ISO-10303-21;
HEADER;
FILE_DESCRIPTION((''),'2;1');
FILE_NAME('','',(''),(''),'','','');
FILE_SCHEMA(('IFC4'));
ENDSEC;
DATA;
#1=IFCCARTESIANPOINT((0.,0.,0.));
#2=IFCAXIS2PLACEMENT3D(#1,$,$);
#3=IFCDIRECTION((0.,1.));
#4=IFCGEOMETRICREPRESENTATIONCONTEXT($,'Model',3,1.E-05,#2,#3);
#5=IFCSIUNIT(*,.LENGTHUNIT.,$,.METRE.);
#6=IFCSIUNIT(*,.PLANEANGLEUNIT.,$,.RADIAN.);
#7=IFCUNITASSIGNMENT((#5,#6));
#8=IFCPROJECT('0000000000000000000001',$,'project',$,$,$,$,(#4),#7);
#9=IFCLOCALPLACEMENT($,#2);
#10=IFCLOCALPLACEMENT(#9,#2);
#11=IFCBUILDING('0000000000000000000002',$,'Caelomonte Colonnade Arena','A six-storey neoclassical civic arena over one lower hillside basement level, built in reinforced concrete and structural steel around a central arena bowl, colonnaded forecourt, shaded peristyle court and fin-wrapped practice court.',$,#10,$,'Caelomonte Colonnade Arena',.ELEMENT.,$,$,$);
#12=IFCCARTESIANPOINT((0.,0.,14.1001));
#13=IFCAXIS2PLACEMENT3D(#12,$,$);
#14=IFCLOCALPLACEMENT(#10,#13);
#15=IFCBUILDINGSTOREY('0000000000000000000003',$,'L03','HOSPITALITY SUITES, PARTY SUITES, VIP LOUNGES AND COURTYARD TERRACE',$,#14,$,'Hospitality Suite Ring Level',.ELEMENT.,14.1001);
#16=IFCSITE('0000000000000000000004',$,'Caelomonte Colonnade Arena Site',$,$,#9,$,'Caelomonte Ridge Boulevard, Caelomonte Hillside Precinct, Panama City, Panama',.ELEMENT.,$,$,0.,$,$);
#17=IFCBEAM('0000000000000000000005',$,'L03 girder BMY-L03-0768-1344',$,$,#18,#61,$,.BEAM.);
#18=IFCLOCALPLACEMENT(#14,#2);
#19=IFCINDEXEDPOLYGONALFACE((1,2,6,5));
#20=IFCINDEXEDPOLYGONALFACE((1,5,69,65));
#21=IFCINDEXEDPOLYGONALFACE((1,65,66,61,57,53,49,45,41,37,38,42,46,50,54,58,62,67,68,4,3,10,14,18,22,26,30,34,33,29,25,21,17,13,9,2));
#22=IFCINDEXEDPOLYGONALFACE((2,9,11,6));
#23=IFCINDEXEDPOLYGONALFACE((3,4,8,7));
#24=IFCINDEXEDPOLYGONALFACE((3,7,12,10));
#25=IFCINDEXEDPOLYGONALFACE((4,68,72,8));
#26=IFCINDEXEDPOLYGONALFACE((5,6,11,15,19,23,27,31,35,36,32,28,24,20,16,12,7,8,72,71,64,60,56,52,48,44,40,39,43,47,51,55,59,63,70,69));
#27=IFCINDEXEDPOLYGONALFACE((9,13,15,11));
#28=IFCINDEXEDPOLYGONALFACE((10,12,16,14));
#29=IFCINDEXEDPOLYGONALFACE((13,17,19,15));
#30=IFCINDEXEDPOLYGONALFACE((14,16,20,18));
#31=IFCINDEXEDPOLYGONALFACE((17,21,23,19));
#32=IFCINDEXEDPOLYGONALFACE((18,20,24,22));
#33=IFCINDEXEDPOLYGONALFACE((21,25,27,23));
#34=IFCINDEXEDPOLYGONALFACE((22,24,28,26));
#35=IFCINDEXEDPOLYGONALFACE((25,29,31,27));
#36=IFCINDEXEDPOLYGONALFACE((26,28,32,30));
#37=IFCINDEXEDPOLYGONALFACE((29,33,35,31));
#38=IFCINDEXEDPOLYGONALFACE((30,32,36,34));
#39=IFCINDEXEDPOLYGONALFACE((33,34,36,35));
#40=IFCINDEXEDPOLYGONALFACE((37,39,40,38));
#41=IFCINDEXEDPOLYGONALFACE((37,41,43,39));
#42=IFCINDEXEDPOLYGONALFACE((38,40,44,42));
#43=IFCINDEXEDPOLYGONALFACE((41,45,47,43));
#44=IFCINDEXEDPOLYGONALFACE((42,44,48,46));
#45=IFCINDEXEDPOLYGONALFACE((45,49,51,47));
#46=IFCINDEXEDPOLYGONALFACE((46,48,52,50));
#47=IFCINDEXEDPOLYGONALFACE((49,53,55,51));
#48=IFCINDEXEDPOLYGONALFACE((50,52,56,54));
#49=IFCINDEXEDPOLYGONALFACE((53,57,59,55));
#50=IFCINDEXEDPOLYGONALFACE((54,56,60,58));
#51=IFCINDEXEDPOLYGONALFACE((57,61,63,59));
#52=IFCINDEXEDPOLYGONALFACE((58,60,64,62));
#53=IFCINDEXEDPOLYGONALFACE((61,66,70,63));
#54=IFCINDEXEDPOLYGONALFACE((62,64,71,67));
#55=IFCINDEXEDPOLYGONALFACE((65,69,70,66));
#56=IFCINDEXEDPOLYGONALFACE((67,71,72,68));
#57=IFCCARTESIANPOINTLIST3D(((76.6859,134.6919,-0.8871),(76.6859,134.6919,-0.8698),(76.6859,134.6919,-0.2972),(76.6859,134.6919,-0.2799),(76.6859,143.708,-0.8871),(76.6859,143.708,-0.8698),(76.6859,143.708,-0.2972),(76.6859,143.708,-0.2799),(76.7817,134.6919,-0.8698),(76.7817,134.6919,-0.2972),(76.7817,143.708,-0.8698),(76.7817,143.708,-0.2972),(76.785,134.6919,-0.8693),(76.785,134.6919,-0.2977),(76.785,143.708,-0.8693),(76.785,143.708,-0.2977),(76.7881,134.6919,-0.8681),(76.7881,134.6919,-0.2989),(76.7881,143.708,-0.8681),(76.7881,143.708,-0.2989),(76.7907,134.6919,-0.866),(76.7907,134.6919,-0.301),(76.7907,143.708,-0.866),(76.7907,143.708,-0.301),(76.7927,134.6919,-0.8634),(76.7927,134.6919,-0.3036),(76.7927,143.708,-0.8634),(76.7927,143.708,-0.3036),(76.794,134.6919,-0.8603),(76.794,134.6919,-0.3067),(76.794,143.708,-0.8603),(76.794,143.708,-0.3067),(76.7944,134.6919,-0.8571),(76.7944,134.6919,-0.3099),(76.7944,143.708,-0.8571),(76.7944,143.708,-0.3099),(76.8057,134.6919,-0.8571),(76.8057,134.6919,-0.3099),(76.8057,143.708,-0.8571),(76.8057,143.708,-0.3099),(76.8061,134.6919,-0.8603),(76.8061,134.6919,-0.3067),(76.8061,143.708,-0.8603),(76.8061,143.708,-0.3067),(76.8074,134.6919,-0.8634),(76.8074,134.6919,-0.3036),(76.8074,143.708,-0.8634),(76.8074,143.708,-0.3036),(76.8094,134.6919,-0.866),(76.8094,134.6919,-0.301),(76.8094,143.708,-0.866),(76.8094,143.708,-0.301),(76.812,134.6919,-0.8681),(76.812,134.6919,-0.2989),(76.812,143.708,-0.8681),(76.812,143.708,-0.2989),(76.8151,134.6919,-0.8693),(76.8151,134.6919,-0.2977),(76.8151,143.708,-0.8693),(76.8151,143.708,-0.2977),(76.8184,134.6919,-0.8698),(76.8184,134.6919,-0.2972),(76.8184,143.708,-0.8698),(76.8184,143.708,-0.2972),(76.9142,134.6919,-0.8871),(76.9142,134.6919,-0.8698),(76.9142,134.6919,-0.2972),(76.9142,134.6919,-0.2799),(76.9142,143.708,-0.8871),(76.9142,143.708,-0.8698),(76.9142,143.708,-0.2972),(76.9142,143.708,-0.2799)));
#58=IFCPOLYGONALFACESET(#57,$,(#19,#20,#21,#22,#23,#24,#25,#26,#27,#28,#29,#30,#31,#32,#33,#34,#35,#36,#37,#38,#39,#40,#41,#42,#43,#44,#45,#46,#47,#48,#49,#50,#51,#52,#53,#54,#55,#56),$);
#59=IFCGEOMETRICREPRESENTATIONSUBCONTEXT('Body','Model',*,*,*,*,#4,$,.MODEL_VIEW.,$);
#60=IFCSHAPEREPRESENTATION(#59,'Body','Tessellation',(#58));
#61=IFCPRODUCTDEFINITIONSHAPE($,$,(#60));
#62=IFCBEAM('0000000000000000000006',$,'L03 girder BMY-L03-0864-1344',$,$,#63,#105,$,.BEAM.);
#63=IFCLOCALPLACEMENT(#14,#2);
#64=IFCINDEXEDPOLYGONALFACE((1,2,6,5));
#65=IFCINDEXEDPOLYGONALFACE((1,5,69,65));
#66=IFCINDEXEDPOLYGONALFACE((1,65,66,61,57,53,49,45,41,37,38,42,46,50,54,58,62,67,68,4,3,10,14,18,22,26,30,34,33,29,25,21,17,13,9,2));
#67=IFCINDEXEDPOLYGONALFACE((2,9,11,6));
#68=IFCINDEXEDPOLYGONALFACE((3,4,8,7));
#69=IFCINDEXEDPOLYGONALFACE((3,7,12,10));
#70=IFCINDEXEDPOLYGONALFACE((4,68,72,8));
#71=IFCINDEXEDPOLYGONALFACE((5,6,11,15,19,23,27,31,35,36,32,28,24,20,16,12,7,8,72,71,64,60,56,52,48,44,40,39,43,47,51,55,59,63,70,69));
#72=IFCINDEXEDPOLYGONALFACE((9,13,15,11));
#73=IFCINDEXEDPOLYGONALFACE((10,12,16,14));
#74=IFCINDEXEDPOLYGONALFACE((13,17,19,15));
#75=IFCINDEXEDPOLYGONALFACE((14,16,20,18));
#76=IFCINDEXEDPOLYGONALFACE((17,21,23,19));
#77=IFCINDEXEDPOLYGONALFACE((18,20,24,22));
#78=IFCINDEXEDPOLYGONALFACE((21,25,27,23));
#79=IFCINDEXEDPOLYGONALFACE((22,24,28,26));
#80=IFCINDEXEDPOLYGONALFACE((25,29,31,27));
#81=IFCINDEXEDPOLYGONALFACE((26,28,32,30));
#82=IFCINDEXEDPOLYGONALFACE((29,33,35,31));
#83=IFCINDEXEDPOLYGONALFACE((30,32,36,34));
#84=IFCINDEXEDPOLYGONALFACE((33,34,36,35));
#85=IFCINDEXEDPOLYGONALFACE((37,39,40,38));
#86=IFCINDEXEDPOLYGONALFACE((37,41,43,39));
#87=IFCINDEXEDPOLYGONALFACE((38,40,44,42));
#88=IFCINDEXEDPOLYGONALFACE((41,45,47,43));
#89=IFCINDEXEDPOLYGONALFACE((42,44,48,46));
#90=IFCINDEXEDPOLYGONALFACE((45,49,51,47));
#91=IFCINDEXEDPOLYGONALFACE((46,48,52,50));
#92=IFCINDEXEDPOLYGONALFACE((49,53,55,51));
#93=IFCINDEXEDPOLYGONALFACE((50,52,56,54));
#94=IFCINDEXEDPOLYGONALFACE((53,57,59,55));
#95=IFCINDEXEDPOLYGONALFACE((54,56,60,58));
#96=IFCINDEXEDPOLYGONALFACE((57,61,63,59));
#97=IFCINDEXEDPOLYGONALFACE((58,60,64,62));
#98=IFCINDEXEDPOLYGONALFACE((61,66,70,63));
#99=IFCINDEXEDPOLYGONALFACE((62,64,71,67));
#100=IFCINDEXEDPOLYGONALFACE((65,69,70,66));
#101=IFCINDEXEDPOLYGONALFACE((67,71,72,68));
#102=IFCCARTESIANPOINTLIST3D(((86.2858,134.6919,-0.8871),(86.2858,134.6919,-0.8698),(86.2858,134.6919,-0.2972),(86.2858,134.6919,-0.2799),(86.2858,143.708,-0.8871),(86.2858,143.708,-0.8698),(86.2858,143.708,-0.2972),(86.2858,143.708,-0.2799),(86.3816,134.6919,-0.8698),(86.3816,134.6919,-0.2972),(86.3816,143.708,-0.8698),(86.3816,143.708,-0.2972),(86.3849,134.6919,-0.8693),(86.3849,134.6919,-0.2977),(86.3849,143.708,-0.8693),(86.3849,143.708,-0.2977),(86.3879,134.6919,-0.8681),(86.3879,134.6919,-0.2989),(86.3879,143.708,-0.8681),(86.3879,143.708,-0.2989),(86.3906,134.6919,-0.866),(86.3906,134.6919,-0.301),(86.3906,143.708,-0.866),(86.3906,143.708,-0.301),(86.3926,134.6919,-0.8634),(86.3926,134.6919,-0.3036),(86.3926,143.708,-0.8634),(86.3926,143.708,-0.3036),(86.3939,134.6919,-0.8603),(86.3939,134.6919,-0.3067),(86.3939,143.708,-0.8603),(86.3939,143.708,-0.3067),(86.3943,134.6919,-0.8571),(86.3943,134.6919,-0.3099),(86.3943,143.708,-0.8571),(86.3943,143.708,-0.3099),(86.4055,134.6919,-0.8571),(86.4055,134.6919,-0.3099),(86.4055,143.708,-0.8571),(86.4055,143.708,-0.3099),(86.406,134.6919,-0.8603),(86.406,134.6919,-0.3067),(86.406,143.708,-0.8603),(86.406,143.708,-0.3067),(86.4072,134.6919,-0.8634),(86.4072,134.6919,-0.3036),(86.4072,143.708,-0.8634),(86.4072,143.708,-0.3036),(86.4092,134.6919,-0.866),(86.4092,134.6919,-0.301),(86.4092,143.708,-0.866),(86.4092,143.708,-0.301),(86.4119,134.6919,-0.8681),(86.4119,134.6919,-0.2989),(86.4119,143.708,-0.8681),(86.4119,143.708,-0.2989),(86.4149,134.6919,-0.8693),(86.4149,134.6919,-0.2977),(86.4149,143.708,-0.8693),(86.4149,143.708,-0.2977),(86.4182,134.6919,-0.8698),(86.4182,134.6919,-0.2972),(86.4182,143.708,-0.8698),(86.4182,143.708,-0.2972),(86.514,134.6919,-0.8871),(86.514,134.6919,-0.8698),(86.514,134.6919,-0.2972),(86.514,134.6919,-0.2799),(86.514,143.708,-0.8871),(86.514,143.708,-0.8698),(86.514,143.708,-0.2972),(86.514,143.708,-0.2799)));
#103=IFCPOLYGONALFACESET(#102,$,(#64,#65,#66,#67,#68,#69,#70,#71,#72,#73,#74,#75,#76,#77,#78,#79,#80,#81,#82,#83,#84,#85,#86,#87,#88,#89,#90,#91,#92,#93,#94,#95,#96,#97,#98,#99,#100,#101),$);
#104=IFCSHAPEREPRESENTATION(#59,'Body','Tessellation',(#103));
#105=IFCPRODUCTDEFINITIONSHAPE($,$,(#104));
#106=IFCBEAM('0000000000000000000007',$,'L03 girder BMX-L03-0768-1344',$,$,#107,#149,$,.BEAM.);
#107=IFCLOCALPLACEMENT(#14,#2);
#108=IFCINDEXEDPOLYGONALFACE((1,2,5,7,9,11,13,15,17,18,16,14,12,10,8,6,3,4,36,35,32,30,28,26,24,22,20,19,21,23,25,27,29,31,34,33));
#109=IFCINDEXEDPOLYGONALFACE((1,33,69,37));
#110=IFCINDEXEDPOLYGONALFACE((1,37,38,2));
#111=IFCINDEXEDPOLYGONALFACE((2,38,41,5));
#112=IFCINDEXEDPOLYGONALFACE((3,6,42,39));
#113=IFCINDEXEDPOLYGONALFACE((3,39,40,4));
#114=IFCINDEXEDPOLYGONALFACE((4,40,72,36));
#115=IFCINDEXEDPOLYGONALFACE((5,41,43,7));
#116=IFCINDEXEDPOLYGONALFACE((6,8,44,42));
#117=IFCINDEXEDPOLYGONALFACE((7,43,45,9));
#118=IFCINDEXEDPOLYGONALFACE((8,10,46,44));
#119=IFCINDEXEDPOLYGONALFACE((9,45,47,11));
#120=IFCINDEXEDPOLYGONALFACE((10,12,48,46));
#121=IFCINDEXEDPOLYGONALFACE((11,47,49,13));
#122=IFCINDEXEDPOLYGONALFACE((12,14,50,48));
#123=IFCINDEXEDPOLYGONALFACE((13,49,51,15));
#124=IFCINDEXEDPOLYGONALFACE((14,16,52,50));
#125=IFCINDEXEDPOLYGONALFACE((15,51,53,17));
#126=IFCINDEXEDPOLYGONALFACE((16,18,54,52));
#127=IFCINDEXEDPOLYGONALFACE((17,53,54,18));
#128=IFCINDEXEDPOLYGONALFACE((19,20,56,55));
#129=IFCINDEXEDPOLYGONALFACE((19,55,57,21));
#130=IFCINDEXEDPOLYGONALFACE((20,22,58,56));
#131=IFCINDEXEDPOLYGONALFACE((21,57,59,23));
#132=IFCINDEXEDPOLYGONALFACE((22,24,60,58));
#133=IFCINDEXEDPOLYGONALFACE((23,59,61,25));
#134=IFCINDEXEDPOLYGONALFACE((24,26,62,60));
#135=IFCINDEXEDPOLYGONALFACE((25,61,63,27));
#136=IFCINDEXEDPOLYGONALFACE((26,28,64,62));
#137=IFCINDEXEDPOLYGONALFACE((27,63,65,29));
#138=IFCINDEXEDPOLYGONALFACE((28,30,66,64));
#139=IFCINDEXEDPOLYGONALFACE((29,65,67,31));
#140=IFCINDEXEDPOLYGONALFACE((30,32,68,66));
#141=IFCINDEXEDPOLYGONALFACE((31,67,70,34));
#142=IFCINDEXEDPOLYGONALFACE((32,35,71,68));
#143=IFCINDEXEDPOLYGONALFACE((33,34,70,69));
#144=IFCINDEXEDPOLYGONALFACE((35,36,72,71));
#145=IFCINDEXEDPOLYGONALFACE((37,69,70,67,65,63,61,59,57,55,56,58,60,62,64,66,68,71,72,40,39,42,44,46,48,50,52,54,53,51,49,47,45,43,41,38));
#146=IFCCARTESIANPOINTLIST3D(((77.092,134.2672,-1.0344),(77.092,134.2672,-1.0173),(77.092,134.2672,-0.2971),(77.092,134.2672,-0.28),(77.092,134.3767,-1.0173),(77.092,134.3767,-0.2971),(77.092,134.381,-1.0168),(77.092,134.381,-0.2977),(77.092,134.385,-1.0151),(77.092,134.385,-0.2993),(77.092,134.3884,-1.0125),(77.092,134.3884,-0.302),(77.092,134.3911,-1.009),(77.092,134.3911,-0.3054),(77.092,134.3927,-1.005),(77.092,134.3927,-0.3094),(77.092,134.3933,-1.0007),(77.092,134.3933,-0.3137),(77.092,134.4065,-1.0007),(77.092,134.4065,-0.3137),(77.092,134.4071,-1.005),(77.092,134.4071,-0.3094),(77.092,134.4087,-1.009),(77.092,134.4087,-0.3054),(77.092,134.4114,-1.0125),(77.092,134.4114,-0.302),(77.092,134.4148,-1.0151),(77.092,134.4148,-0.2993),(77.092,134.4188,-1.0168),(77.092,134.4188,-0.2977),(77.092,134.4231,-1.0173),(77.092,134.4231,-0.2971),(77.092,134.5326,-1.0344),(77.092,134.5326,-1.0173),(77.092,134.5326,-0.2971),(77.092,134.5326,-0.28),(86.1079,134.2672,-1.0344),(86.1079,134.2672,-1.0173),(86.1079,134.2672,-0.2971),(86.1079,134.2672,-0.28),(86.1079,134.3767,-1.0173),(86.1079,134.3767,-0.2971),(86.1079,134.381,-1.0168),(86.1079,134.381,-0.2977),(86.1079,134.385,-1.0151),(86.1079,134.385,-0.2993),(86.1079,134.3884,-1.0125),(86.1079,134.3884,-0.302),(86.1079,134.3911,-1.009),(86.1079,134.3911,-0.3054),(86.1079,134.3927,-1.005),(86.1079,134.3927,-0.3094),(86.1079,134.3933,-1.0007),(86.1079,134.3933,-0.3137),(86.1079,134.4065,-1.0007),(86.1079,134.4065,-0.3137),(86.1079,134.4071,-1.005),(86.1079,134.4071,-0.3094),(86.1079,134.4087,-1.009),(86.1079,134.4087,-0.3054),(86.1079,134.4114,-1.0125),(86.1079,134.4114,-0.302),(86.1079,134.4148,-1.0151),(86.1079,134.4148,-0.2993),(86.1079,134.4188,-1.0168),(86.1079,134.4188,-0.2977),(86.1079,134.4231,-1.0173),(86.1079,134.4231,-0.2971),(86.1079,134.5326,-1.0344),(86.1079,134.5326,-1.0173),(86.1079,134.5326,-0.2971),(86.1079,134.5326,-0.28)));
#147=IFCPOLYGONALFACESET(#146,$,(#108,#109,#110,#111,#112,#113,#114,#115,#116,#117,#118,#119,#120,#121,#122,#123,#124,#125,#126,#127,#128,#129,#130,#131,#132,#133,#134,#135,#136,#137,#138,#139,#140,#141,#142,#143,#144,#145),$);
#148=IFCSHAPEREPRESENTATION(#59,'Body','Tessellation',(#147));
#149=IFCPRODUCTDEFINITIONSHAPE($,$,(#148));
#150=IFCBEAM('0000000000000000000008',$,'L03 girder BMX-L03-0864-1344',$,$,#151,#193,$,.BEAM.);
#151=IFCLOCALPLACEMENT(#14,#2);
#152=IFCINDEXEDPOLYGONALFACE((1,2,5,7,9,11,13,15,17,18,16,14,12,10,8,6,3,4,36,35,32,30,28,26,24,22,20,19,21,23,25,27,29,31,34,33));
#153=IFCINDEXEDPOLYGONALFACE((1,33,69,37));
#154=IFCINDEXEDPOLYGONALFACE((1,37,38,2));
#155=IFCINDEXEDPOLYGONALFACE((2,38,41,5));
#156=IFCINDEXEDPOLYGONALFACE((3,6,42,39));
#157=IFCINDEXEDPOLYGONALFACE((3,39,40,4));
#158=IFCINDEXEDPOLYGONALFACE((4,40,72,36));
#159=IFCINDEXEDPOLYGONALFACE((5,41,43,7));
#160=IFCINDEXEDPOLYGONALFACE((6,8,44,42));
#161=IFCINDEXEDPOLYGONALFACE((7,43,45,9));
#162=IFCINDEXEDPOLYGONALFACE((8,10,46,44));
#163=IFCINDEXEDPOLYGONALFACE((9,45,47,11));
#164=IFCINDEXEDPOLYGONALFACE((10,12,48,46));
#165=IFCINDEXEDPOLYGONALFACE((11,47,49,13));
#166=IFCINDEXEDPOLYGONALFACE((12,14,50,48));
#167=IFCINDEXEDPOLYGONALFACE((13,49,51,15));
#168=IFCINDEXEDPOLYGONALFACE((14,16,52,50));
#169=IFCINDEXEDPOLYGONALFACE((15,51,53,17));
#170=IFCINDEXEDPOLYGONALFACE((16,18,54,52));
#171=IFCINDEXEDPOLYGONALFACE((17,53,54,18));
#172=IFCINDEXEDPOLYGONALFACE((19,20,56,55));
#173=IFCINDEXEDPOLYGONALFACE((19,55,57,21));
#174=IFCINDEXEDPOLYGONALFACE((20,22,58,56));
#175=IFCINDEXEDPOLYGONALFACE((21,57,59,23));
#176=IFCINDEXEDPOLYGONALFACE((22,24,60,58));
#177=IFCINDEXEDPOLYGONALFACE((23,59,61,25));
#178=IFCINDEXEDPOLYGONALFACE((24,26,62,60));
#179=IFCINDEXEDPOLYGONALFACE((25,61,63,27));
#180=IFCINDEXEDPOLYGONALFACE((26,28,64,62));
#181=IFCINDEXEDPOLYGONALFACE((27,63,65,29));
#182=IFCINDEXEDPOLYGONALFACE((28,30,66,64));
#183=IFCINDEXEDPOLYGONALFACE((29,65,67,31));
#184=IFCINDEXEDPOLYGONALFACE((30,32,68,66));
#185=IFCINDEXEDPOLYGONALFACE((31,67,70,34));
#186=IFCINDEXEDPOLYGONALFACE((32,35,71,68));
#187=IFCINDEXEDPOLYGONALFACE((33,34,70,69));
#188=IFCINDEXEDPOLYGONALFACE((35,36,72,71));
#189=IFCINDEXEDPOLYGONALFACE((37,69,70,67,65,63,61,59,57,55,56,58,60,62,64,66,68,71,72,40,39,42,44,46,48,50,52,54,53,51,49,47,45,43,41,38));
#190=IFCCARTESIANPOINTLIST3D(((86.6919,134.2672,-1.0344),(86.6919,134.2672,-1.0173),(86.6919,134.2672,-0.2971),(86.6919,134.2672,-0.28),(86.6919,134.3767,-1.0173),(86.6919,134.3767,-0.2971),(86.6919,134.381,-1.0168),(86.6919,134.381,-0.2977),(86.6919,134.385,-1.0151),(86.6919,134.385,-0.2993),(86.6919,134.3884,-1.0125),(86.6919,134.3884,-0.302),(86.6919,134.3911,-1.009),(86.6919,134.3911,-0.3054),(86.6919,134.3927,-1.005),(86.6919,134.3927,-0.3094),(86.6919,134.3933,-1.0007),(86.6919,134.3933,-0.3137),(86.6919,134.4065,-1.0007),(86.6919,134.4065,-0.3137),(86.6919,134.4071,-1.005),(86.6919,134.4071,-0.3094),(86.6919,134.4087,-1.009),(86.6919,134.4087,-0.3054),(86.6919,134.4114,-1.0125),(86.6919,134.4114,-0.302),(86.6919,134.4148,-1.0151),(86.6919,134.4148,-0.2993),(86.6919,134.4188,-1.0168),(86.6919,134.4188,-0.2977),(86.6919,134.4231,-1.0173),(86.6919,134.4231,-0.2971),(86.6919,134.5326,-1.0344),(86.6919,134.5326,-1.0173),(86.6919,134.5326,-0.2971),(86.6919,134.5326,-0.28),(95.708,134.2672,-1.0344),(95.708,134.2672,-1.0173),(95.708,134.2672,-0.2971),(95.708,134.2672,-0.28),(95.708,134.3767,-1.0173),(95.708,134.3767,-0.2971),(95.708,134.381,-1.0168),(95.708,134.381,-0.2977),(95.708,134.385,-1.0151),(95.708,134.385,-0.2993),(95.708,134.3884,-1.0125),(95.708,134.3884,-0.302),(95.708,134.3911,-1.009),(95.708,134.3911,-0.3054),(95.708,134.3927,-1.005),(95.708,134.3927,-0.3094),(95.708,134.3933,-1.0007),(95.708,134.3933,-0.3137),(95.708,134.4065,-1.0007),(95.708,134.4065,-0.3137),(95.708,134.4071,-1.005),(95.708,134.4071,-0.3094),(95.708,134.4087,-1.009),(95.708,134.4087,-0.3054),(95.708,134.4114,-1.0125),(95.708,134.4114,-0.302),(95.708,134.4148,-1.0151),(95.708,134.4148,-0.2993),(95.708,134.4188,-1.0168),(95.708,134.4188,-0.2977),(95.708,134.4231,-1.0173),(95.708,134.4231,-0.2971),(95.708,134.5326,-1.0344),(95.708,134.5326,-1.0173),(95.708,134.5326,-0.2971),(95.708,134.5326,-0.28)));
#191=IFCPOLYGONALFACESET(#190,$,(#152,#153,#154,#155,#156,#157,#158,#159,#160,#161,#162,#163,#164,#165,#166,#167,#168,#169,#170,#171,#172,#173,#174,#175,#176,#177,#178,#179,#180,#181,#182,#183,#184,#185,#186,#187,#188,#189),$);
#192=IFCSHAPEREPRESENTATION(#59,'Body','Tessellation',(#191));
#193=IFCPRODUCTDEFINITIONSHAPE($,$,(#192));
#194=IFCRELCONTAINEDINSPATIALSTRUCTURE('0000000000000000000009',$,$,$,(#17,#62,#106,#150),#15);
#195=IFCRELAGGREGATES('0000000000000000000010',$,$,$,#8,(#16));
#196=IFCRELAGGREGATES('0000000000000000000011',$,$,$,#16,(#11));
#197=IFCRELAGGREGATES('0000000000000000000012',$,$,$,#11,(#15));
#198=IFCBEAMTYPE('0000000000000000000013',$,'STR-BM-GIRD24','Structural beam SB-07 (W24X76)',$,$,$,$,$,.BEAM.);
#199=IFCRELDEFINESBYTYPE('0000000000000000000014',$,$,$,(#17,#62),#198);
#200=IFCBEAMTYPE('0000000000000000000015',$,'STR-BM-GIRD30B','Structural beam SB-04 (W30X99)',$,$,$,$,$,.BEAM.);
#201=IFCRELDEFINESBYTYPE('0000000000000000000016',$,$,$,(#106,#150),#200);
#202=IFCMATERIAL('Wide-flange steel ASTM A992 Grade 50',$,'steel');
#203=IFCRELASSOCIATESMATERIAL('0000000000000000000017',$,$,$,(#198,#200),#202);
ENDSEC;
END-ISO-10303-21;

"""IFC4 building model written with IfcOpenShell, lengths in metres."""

from ifc_helpers import new_model, si_unit, direction, frame, origin, origin_2d, place, context, subcontext, project, spatial, i_section, extrude, material, material_profile, profile_set, type_object, element, save


model = new_model("IFC4")

# Units and contexts
model_context = context("Model", 3, precision=1e-05, world=origin(), true_north=direction((0.0, 1.0)))
body_context = subcontext(model_context, "Body", "Model", "MODEL_VIEW")
ifc_project = project(units=[si_unit("LENGTHUNIT", "METRE"), si_unit("PLANEANGLEUNIT", "RADIAN")], contexts=[model_context])

# Site, building, storey
site_placement = place(None, origin())
site = spatial("IfcSite", under=ifc_project, at=site_placement, Name="Caelomonte Colonnade Arena Site", LongName="Caelomonte Ridge Boulevard, Caelomonte Hillside Precinct, Panama City, Panama", CompositionType="ELEMENT", RefElevation=0.0)
building_placement = place(site_placement, origin())
building = spatial("IfcBuilding", under=site, at=building_placement, Name="Caelomonte Colonnade Arena", Description="A six-storey neoclassical civic arena over one lower hillside basement level, built in reinforced concrete and structural steel around a central arena bowl, colonnaded forecourt, shaded peristyle court and fin-wrapped practice court.", LongName="Caelomonte Colonnade Arena", CompositionType="ELEMENT")
storey_placement = place(building_placement, frame((0.0, 0.0, 14.1001)))
storey = spatial("IfcBuildingStorey", under=building, at=storey_placement, Name="L03", Description="HOSPITALITY SUITES, PARTY SUITES, VIP LOUNGES AND COURTYARD TERRACE", LongName="Hospitality Suite Ring Level", CompositionType="ELEMENT", Elevation=14.1001)

# Beams
ifc_material_1 = material(Name="Wide-flange steel ASTM A992 Grade 50", Category="steel")
ifc_material_profile_1 = material_profile(ifc_material_1, i_section(OverallWidth=0.2283, OverallDepth=0.6072, WebThickness=0.0112, FlangeThickness=0.0173, FilletRadius=0.0127, at=origin_2d()), Name="W24X76")
ifc_profile_set_1 = profile_set([ifc_material_profile_1], Name="Wide-flange steel ASTM A992 Grade 50")
beam_type_1 = type_object("IfcBeamType", Name="STR-BM-GIRD24", Description="Structural beam SB-07 (W24X76)", PredefinedType="BEAM", material=ifc_profile_set_1)
for number, where, z_axis, x_axis, name in (
    (1, (76.8, 134.6919, -0.5835), (0.0, 1.0, 0.0), (-1.0, 0.0, 0.0), "L03 girder BMY-L03-0768-1344"),
    (2, (86.3999, 134.6919, -0.5835), (0.0, 1.0, 0.0), (-1.0, 0.0, 0.0), "L03 girder BMY-L03-0864-1344"),
):
    element("IfcBeam", number, at=place(storey_placement, frame(where, z_axis=z_axis, x_axis=x_axis)), inside=storey, type_object=beam_type_1, Name=name, PredefinedType="BEAM", context=body_context, shape_type="SweptSolid", body=[
        extrude(i_section(OverallWidth=0.2283, OverallDepth=0.6072, WebThickness=0.0112, FlangeThickness=0.0173, FilletRadius=0.0127, at=origin_2d()), origin(), (0.0, 0.0, 1.0), 9.0161),
    ])
ifc_material_profile_2 = material_profile(ifc_material_1, i_section(OverallWidth=0.2654, OverallDepth=0.7544, WebThickness=0.0132, FlangeThickness=0.0171, FilletRadius=0.0166, at=origin_2d()), Name="W30X99")
ifc_profile_set_2 = profile_set([ifc_material_profile_2], Name="Wide-flange steel ASTM A992 Grade 50")
beam_type_2 = type_object("IfcBeamType", Name="STR-BM-GIRD30B", Description="Structural beam SB-04 (W30X99)", PredefinedType="BEAM", material=ifc_profile_set_2)
beam_1_placement = place(storey_placement, frame((77.092, 134.3999, -0.6572), z_axis=(1.0, 0.0, 0.0), x_axis=(0.0, 1.0, 0.0)))
element("IfcBeam", 3, at=beam_1_placement, inside=storey, type_object=beam_type_2, Name="L03 girder BMX-L03-0768-1344", PredefinedType="BEAM", context=body_context, shape_type="SweptSolid", body=[
    extrude(i_section(OverallWidth=0.2654, OverallDepth=0.7544, WebThickness=0.0132, FlangeThickness=0.0171, FilletRadius=0.0166, at=origin_2d()), origin(), (0.0, 0.0, 1.0), 9.0159),
])
beam_2_placement = place(storey_placement, frame((86.6919, 134.3999, -0.6572), z_axis=(1.0, 0.0, 0.0), x_axis=(0.0, 1.0, 0.0)))
element("IfcBeam", 4, at=beam_2_placement, inside=storey, type_object=beam_type_2, Name="L03 girder BMX-L03-0864-1344", PredefinedType="BEAM", context=body_context, shape_type="SweptSolid", body=[
    extrude(i_section(OverallWidth=0.2654, OverallDepth=0.7544, WebThickness=0.0132, FlangeThickness=0.0171, FilletRadius=0.0166, at=origin_2d()), origin(), (0.0, 0.0, 1.0), 9.0161),
])

save(model, "model.ifc")
